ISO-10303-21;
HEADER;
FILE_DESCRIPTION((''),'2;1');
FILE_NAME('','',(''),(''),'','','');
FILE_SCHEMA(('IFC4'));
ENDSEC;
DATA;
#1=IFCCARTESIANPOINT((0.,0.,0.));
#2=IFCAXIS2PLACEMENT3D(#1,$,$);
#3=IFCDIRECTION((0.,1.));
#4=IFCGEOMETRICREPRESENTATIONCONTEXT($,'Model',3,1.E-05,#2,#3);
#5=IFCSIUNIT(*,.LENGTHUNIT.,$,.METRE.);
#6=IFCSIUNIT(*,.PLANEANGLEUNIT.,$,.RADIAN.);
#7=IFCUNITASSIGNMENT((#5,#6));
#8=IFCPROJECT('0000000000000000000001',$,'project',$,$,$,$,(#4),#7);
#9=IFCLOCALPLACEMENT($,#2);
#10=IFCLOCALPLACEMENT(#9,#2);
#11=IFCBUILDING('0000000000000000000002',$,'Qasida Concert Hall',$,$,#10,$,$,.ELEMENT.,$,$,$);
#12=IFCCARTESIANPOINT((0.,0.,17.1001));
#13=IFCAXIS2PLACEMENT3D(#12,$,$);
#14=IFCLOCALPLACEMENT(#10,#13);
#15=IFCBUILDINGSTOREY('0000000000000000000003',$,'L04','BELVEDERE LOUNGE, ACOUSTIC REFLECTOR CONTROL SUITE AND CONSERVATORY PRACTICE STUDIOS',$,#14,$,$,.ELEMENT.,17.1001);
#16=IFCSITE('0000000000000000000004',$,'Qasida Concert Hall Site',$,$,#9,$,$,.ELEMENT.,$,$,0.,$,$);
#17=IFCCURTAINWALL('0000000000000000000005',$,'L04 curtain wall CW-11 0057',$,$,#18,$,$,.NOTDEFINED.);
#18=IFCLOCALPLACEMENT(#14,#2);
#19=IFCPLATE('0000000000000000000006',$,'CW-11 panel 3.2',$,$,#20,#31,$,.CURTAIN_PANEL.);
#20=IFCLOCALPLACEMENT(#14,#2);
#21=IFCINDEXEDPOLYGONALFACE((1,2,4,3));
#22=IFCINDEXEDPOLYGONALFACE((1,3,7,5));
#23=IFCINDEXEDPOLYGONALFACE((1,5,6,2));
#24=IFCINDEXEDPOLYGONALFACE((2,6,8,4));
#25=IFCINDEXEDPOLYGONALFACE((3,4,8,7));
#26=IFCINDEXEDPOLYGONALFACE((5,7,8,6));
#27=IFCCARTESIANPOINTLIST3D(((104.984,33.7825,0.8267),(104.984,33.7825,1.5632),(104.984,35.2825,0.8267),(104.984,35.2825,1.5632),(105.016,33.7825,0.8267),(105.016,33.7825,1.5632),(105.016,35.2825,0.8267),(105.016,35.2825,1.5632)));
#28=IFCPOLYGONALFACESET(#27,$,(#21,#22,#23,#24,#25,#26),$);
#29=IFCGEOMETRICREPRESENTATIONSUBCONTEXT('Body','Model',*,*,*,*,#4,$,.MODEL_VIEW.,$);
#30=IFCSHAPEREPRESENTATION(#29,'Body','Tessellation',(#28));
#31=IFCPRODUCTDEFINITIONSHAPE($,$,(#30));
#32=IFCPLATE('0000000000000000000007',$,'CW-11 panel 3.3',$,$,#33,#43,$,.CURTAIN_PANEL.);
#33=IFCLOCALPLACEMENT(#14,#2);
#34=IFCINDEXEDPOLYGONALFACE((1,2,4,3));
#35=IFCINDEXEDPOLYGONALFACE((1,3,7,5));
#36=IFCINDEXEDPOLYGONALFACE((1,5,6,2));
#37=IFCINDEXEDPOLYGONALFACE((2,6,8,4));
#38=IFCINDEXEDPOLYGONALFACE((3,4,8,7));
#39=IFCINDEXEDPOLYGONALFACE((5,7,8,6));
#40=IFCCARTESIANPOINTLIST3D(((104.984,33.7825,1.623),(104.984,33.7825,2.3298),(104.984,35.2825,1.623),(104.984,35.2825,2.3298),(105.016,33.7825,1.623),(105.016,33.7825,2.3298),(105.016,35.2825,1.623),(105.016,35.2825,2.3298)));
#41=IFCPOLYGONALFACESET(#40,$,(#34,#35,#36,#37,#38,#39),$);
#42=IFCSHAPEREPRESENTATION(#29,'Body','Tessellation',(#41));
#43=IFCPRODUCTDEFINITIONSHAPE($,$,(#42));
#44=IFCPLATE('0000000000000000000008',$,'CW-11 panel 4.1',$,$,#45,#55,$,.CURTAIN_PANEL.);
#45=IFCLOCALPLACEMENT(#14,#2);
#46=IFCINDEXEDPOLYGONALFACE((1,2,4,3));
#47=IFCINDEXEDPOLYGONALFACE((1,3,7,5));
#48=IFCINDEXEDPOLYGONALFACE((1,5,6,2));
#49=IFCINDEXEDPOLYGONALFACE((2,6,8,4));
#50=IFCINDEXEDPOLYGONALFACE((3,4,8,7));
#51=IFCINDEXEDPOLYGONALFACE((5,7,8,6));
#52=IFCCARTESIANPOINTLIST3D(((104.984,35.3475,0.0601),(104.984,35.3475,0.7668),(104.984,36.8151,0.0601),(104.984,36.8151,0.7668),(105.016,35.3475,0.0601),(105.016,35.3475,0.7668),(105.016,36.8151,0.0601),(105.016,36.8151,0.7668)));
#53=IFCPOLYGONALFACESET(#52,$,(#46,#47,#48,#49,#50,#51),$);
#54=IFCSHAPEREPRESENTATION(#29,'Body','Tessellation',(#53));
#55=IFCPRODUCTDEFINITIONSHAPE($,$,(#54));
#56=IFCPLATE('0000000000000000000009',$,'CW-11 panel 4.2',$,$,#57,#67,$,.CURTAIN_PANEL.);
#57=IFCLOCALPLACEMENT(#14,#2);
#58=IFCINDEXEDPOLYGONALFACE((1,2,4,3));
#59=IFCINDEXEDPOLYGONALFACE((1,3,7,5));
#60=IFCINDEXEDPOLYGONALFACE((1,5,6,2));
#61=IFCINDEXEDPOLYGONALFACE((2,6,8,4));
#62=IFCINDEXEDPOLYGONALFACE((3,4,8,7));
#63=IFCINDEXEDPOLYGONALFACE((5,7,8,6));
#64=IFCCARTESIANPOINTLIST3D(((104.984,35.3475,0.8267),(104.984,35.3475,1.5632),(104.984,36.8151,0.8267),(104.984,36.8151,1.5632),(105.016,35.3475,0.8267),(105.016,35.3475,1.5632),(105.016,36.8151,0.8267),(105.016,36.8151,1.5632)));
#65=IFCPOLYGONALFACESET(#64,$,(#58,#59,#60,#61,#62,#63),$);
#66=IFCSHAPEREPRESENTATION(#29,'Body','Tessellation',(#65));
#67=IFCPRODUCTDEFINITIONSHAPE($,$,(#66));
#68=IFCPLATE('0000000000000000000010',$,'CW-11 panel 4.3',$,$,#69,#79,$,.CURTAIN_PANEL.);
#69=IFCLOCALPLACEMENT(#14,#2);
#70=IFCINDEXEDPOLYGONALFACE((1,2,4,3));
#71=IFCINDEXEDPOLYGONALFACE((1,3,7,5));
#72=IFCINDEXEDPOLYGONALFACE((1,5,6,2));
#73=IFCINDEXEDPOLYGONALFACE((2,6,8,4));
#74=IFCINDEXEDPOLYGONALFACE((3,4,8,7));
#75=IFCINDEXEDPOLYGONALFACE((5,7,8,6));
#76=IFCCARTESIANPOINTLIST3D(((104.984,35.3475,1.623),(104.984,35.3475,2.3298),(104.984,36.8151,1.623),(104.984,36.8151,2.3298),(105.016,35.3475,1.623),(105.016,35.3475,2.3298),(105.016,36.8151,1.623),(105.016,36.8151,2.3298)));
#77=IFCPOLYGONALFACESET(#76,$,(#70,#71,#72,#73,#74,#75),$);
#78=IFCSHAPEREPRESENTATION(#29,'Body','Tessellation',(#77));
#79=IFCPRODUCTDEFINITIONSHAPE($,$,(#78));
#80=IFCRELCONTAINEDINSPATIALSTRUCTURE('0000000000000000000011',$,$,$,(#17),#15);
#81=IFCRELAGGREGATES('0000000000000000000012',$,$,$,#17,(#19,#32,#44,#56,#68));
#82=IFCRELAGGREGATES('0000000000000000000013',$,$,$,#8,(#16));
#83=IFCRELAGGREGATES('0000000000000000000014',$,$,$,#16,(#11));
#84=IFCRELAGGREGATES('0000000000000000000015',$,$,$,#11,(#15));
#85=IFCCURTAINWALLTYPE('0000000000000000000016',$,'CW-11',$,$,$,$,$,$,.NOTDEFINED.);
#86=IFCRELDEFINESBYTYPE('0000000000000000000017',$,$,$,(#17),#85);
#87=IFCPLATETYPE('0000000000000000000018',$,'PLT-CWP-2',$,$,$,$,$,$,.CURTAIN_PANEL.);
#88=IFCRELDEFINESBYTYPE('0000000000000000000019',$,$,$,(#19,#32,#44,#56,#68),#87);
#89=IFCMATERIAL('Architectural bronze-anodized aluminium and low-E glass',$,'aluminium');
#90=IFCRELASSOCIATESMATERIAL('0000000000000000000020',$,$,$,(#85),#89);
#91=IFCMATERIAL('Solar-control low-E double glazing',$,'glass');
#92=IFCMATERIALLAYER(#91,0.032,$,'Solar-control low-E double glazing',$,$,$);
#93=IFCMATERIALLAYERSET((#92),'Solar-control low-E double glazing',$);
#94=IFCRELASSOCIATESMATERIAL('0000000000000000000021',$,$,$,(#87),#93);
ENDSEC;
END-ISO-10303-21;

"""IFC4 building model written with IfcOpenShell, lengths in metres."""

from ifc_helpers import new_model, si_unit, direction, frame, origin, origin_2d, place, context, subcontext, project, spatial, rectangle, extrude, material, layer, layer_set, type_object, element, aggregate, save


model = new_model("IFC4")

# Units and contexts
model_context = context("Model", 3, precision=1e-05, world=origin(), true_north=direction((0.0, 1.0)))
body_context = subcontext(model_context, "Body", "Model", "MODEL_VIEW")
ifc_project = project(units=[si_unit("LENGTHUNIT", "METRE"), si_unit("PLANEANGLEUNIT", "RADIAN")], contexts=[model_context])

# Site, building, storey
site_placement = place(None, origin())
site = spatial("IfcSite", under=ifc_project, at=site_placement, Name="Qasida Concert Hall Site", CompositionType="ELEMENT", RefElevation=0.0)
building_placement = place(site_placement, origin())
building = spatial("IfcBuilding", under=site, at=building_placement, Name="Qasida Concert Hall", CompositionType="ELEMENT")
storey_placement = place(building_placement, frame((0.0, 0.0, 17.1001)))
storey = spatial("IfcBuildingStorey", under=building, at=storey_placement, Name="L04", Description="BELVEDERE LOUNGE, ACOUSTIC REFLECTOR CONTROL SUITE AND CONSERVATORY PRACTICE STUDIOS", CompositionType="ELEMENT", Elevation=17.1001)

# Curtain wall, plates
ifc_material_1 = material(Name="Architectural bronze-anodized aluminium and low-E glass", Category="aluminium")
curtain_wall_type = type_object("IfcCurtainWallType", Name="CW-11", PredefinedType="NOTDEFINED", material=ifc_material_1)
curtain_wall_placement = place(storey_placement, origin())
curtain_wall = element("IfcCurtainWall", 1, at=curtain_wall_placement, inside=storey, type_object=curtain_wall_type, Name="L04 curtain wall CW-11 0057", PredefinedType="NOTDEFINED")
ifc_material_2 = material(Name="Solar-control low-E double glazing", Category="glass")
ifc_layer = layer(ifc_material_2, 0.032, Name="Solar-control low-E double glazing")
ifc_layer_set = layer_set([ifc_layer], Name="Solar-control low-E double glazing")
plate_type = type_object("IfcPlateType", Name="PLT-CWP-2", PredefinedType="CURTAIN_PANEL", material=ifc_layer_set)
plate_1_placement = place(storey_placement, frame((105.0, 34.5325, 0.8267), z_axis=(0.0, 0.0, 1.0), x_axis=(0.0, 1.0, 0.0)))
plate_1 = element("IfcPlate", 2, at=plate_1_placement, type_object=plate_type, Name="CW-11 panel 3.2", PredefinedType="CURTAIN_PANEL", context=body_context, shape_type="SweptSolid", body=[
    extrude(rectangle(XDim=1.5, YDim=0.032, at=origin_2d()), origin(), (0.0, 0.0, 1.0), 0.7366),
])
plate_2_placement = place(storey_placement, frame((105.0, 34.5325, 1.623), z_axis=(0.0, 0.0, 1.0), x_axis=(0.0, 1.0, 0.0)))
plate_2 = element("IfcPlate", 3, at=plate_2_placement, type_object=plate_type, Name="CW-11 panel 3.3", PredefinedType="CURTAIN_PANEL", context=body_context, shape_type="SweptSolid", body=[
    extrude(rectangle(XDim=1.5, YDim=0.032, at=origin_2d()), origin(), (0.0, 0.0, 1.0), 0.7068),
])
plate_3_placement = place(storey_placement, frame((105.0, 36.0813, 0.0601), z_axis=(0.0, 0.0, 1.0), x_axis=(0.0, 1.0, 0.0)))
plate_3 = element("IfcPlate", 4, at=plate_3_placement, type_object=plate_type, Name="CW-11 panel 4.1", PredefinedType="CURTAIN_PANEL", context=body_context, shape_type="SweptSolid", body=[
    extrude(rectangle(XDim=1.4675, YDim=0.032, at=origin_2d()), origin(), (0.0, 0.0, 1.0), 0.7068),
])
plate_4_placement = place(storey_placement, frame((105.0, 36.0813, 0.8267), z_axis=(0.0, 0.0, 1.0), x_axis=(0.0, 1.0, 0.0)))
plate_4 = element("IfcPlate", 5, at=plate_4_placement, type_object=plate_type, Name="CW-11 panel 4.2", PredefinedType="CURTAIN_PANEL", context=body_context, shape_type="SweptSolid", body=[
    extrude(rectangle(XDim=1.4675, YDim=0.032, at=origin_2d()), origin(), (0.0, 0.0, 1.0), 0.7366),
])
plate_5_placement = place(storey_placement, frame((105.0, 36.0813, 1.623), z_axis=(0.0, 0.0, 1.0), x_axis=(0.0, 1.0, 0.0)))
plate_5 = element("IfcPlate", 6, at=plate_5_placement, type_object=plate_type, Name="CW-11 panel 4.3", PredefinedType="CURTAIN_PANEL", context=body_context, shape_type="SweptSolid", body=[
    extrude(rectangle(XDim=1.4675, YDim=0.032, at=origin_2d()), origin(), (0.0, 0.0, 1.0), 0.7068),
])
aggregate(curtain_wall, [plate_1, plate_2, plate_3, plate_4, plate_5])

save(model, "model.ifc")
